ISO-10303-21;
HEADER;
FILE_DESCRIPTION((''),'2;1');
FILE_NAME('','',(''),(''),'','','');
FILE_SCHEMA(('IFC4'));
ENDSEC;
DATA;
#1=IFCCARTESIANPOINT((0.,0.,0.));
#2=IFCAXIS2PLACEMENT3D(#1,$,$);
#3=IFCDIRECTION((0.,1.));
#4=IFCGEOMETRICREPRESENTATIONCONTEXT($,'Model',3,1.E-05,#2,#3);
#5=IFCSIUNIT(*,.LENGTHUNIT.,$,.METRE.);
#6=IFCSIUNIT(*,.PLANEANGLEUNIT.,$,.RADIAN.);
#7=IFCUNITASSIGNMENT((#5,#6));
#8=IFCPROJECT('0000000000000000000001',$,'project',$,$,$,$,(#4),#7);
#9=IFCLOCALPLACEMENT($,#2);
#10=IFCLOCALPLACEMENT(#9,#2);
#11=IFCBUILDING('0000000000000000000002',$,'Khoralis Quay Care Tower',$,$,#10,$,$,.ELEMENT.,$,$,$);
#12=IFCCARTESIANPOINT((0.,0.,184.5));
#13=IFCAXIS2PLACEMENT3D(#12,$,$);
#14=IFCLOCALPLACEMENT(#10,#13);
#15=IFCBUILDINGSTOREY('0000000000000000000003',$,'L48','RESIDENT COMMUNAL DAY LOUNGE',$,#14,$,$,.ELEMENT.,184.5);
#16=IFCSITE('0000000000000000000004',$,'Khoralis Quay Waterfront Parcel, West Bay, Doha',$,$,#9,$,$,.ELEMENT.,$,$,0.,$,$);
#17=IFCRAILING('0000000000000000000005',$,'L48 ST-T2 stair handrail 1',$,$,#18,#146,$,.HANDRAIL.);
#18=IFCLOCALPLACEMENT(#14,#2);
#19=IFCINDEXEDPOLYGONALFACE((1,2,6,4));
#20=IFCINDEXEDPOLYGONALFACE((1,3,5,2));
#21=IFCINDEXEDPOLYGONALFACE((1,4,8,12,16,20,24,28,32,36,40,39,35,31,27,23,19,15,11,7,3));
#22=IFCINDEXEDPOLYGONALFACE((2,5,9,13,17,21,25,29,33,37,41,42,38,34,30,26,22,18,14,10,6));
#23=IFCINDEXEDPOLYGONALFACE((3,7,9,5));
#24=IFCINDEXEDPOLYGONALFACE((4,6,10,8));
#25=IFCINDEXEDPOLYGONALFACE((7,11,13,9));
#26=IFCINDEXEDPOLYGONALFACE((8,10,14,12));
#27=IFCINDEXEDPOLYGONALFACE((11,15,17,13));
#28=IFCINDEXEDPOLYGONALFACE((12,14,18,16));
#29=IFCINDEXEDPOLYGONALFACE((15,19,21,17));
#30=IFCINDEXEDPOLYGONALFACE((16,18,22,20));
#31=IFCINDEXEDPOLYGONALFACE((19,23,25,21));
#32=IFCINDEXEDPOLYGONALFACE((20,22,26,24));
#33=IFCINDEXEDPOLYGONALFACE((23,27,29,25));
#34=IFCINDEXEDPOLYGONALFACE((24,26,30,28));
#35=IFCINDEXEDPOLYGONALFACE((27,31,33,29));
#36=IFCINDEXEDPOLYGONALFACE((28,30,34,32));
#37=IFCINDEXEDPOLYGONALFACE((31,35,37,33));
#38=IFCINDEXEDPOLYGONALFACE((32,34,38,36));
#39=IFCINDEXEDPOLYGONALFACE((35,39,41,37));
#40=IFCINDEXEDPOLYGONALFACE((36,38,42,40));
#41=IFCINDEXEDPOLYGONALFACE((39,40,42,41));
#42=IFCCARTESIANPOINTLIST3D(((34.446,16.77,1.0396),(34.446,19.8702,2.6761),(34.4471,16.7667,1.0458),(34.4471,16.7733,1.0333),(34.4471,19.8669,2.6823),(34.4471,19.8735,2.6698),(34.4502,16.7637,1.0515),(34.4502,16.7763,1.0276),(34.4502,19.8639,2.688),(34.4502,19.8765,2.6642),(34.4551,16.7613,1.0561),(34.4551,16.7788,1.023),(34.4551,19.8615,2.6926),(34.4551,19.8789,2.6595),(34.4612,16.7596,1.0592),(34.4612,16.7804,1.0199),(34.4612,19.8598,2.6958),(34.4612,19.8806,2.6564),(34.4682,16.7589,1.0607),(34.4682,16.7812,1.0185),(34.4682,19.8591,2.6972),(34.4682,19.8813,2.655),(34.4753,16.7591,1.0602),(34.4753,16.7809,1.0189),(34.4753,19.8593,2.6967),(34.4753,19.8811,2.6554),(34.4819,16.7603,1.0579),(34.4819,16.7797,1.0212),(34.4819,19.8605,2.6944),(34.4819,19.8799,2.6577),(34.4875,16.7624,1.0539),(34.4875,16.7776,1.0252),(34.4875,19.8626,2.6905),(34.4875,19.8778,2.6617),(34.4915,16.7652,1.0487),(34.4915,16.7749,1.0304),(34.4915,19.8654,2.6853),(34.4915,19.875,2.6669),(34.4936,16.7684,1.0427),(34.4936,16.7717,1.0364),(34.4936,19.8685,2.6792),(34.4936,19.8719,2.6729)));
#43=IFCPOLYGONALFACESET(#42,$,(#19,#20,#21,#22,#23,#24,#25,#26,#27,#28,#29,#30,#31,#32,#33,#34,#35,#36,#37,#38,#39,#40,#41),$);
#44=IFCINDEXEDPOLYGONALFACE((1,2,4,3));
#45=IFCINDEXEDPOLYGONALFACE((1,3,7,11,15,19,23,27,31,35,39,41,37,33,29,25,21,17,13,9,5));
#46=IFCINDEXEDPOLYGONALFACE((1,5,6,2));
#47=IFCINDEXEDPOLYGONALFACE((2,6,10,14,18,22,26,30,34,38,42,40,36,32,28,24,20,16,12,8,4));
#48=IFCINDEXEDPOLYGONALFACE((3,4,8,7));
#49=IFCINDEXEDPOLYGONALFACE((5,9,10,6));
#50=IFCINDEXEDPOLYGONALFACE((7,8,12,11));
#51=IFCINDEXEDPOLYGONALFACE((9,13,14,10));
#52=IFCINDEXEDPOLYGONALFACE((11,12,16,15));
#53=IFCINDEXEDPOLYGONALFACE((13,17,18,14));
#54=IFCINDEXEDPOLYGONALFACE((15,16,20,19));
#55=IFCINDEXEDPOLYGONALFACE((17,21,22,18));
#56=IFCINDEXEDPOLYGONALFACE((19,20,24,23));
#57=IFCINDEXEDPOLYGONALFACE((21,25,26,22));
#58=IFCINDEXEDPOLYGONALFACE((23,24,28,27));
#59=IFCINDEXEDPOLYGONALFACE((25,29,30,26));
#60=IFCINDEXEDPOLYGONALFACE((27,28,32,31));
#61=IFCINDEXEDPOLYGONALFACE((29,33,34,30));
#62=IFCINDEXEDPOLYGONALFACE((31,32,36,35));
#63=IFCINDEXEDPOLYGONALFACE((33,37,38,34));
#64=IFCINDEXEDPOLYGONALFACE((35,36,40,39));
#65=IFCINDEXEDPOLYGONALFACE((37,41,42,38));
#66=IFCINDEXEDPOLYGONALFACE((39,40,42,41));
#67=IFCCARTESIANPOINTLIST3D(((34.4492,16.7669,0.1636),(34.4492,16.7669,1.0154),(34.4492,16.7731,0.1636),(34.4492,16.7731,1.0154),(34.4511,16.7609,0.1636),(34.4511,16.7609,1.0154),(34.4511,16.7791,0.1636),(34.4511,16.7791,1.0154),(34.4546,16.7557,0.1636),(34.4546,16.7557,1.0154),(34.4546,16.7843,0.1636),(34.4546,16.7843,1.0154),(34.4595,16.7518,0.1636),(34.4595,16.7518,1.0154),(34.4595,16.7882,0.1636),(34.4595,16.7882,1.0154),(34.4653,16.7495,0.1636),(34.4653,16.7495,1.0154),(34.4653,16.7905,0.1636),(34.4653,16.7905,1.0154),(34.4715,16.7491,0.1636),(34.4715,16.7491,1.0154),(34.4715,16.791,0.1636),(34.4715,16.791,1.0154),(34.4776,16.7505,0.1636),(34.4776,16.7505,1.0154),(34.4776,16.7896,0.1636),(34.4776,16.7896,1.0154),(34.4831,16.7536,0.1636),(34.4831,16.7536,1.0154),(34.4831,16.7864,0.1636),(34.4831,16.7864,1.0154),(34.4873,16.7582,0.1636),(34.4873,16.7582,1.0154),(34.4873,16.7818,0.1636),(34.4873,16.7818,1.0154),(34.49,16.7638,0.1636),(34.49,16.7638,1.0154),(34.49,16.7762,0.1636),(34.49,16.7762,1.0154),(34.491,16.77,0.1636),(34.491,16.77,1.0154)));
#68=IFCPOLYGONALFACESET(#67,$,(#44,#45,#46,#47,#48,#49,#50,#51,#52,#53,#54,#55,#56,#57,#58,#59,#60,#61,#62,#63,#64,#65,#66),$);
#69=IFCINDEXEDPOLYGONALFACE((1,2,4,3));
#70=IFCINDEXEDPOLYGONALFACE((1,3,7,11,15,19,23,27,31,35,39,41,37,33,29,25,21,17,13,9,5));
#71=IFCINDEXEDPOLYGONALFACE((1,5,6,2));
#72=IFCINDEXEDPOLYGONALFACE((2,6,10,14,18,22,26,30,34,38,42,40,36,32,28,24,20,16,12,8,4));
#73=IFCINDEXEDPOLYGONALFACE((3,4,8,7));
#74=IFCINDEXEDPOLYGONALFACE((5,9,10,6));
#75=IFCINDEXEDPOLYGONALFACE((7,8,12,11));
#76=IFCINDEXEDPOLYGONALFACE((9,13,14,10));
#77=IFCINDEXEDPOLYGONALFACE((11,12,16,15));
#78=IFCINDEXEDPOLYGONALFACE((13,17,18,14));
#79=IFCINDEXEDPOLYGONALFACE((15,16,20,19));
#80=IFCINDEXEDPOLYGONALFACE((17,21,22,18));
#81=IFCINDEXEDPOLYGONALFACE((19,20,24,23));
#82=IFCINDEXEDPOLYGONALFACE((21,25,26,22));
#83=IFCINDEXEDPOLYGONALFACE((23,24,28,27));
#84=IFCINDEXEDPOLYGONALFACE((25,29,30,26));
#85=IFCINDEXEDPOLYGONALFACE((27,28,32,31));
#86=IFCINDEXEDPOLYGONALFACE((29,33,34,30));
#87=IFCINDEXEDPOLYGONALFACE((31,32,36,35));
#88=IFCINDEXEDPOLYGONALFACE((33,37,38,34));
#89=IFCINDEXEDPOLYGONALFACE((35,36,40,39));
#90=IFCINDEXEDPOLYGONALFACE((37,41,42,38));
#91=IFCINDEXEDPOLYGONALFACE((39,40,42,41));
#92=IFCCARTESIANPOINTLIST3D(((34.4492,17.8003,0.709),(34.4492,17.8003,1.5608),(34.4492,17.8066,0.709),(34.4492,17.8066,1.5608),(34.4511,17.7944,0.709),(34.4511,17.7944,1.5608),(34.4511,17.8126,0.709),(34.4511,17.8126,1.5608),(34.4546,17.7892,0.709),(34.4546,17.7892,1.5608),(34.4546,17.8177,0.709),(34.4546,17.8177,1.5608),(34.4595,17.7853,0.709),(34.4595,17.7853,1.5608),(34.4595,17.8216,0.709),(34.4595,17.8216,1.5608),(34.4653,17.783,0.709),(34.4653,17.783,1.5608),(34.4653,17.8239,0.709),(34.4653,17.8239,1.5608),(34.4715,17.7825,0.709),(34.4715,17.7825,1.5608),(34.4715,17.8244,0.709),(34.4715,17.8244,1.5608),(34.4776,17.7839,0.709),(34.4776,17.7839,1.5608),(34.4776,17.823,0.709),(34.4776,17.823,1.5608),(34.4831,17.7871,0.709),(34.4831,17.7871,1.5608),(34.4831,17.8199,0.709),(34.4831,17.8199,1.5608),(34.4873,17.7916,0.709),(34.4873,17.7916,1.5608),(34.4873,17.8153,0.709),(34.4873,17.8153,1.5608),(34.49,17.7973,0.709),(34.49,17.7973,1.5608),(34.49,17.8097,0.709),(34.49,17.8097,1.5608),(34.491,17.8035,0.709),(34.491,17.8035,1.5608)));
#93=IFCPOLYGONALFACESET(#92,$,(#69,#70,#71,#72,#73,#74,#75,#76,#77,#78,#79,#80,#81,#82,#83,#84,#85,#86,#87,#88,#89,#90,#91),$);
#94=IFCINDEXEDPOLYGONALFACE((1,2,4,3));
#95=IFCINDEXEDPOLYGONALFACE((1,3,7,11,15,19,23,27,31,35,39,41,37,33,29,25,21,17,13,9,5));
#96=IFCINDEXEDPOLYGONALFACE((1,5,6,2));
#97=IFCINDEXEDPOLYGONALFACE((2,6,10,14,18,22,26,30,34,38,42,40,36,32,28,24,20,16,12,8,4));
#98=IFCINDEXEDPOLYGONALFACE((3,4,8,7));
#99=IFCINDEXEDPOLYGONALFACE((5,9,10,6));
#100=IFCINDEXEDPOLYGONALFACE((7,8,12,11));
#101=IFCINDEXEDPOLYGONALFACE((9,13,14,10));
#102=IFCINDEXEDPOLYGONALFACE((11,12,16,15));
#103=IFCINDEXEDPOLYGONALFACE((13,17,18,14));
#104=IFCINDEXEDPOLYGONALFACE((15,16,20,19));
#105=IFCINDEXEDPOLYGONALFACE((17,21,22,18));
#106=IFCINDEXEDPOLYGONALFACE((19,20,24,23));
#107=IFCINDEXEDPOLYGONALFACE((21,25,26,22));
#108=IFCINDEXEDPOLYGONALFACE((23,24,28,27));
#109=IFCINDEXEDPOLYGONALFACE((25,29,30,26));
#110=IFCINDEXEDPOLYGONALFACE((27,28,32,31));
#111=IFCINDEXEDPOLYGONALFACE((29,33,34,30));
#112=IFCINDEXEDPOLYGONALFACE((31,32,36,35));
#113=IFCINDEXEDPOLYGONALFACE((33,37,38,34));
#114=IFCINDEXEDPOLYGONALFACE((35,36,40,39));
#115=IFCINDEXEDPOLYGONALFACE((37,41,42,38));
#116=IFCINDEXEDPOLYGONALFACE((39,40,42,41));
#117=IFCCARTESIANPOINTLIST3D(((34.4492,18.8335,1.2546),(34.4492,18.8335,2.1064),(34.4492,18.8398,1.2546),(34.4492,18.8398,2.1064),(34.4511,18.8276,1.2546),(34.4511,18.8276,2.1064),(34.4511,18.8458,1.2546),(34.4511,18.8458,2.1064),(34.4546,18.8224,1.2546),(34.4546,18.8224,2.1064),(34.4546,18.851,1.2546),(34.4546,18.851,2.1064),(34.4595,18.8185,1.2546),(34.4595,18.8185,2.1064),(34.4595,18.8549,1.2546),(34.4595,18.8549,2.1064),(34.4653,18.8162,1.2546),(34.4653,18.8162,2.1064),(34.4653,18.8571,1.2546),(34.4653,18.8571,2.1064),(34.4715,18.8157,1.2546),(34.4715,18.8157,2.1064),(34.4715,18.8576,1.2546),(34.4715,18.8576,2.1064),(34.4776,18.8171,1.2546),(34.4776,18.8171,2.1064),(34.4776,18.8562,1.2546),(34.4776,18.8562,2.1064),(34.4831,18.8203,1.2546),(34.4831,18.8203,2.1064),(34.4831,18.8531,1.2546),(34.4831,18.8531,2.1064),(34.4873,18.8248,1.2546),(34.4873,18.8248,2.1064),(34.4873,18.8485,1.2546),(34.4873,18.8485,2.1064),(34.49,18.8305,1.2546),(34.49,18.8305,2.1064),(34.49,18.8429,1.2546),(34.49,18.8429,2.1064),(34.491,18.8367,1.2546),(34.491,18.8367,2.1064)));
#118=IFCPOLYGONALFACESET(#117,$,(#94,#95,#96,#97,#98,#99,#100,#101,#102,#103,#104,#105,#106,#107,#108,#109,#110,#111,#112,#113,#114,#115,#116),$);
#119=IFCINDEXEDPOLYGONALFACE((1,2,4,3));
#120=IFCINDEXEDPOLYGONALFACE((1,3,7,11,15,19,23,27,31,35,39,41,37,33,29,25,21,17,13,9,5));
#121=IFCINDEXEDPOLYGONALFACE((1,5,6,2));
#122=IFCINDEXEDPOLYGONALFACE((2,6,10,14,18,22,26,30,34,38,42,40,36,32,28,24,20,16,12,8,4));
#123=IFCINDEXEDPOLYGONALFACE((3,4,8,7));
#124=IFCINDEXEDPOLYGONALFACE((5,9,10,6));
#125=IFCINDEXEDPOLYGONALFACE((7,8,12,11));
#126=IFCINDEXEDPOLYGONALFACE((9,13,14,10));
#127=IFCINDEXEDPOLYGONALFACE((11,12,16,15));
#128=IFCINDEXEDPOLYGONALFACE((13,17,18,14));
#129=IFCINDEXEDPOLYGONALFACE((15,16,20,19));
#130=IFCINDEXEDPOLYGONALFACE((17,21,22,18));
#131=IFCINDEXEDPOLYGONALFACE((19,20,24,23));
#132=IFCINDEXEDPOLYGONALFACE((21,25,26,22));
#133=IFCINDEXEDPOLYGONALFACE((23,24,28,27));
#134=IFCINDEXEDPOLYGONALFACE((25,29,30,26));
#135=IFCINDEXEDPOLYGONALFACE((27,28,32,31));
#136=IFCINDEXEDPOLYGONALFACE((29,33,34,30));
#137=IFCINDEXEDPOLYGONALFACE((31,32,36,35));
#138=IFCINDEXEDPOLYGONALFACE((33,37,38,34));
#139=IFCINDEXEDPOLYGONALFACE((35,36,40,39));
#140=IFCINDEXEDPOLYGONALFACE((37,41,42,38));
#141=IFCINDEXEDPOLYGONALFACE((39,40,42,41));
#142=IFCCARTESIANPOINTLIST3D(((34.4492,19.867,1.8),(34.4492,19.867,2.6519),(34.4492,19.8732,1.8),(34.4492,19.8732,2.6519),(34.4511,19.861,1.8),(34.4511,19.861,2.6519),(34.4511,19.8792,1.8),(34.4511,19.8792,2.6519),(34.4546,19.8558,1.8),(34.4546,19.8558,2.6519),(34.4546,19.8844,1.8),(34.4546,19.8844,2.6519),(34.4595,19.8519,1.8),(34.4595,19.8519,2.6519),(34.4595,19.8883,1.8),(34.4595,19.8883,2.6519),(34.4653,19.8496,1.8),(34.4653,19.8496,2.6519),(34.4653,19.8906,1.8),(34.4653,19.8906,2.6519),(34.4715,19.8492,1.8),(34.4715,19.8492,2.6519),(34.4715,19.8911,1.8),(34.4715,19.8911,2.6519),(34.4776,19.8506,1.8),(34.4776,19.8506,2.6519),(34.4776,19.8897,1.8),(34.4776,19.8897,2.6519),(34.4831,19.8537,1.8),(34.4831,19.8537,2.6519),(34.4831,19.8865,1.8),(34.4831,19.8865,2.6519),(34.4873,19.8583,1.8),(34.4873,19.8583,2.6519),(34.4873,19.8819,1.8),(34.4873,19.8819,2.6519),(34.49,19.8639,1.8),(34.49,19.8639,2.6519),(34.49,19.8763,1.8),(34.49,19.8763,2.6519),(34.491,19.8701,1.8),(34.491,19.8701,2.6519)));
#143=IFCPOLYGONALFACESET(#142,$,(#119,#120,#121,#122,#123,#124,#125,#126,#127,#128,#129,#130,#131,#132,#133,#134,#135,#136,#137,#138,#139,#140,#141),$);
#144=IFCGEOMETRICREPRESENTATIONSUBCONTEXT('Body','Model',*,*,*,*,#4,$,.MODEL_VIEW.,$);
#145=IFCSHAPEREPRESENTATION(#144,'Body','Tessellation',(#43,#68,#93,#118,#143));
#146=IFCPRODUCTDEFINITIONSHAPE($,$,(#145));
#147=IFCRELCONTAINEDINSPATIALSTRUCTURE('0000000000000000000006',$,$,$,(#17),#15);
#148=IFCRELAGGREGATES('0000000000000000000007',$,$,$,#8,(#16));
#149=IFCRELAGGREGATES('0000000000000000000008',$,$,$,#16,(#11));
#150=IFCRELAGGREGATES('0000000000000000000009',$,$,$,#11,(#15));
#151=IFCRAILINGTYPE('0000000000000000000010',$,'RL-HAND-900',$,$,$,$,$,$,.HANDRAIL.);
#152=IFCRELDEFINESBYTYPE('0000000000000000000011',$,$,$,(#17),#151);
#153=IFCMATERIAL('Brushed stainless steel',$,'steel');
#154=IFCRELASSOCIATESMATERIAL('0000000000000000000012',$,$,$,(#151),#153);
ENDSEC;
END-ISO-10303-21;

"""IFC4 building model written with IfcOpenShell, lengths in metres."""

from ifc_helpers import new_model, si_unit, direction, frame, origin, origin_2d, place, context, subcontext, project, spatial, circle, extrude, material, type_object, element, save


model = new_model("IFC4")

# Units and contexts
model_context = context("Model", 3, precision=1e-05, world=origin(), true_north=direction((0.0, 1.0)))
body_context = subcontext(model_context, "Body", "Model", "MODEL_VIEW")
ifc_project = project(units=[si_unit("LENGTHUNIT", "METRE"), si_unit("PLANEANGLEUNIT", "RADIAN")], contexts=[model_context])

# Site, building, storey
site_placement = place(None, origin())
site = spatial("IfcSite", under=ifc_project, at=site_placement, Name="Khoralis Quay Waterfront Parcel, West Bay, Doha", CompositionType="ELEMENT", RefElevation=0.0)
building_placement = place(site_placement, origin())
building = spatial("IfcBuilding", under=site, at=building_placement, Name="Khoralis Quay Care Tower", CompositionType="ELEMENT")
storey_placement = place(building_placement, frame((0.0, 0.0, 184.5)))
storey = spatial("IfcBuildingStorey", under=building, at=storey_placement, Name="L48", Description="RESIDENT COMMUNAL DAY LOUNGE", CompositionType="ELEMENT", Elevation=184.5)

# Shared definitions
ifc_material_1 = material(Name="Brushed stainless steel", Category="steel")

# Railing
railing_type_1 = type_object("IfcRailingType", Name="RL-HAND-900", PredefinedType="HANDRAIL", material=ifc_material_1)
railing_1_placement = place(storey_placement, frame((34.47, 16.77, 0.1636)))
element("IfcRailing", 1, at=railing_1_placement, inside=storey, type_object=railing_type_1, Name="L48 ST-T2 stair handrail 1", PredefinedType="HANDRAIL", context=body_context, shape_type="SweptSolid", body=[
    extrude(circle(Radius=0.0239, at=origin_2d()), frame((0.0, 0.0, 0.876), z_axis=(0.0, 0.884348, 0.466828), x_axis=(-1.0, 0.0, 0.0)), (0.0, 0.0, 1.0), 3.5056),
    extrude(circle(Radius=0.021, at=origin_2d()), origin(), (0.0, 0.0, 1.0), 0.8518),
    extrude(circle(Radius=0.021, at=origin_2d()), frame((0.0, 1.0334, 0.5454)), (0.0, 0.0, 1.0), 0.8518),
    extrude(circle(Radius=0.021, at=origin_2d()), frame((0.0, 2.0667, 1.0911)), (0.0, 0.0, 1.0), 0.8518),
    extrude(circle(Radius=0.021, at=origin_2d()), frame((0.0, 3.1001, 1.6365)), (0.0, 0.0, 1.0), 0.8518),
])

save(model, "model.ifc")
